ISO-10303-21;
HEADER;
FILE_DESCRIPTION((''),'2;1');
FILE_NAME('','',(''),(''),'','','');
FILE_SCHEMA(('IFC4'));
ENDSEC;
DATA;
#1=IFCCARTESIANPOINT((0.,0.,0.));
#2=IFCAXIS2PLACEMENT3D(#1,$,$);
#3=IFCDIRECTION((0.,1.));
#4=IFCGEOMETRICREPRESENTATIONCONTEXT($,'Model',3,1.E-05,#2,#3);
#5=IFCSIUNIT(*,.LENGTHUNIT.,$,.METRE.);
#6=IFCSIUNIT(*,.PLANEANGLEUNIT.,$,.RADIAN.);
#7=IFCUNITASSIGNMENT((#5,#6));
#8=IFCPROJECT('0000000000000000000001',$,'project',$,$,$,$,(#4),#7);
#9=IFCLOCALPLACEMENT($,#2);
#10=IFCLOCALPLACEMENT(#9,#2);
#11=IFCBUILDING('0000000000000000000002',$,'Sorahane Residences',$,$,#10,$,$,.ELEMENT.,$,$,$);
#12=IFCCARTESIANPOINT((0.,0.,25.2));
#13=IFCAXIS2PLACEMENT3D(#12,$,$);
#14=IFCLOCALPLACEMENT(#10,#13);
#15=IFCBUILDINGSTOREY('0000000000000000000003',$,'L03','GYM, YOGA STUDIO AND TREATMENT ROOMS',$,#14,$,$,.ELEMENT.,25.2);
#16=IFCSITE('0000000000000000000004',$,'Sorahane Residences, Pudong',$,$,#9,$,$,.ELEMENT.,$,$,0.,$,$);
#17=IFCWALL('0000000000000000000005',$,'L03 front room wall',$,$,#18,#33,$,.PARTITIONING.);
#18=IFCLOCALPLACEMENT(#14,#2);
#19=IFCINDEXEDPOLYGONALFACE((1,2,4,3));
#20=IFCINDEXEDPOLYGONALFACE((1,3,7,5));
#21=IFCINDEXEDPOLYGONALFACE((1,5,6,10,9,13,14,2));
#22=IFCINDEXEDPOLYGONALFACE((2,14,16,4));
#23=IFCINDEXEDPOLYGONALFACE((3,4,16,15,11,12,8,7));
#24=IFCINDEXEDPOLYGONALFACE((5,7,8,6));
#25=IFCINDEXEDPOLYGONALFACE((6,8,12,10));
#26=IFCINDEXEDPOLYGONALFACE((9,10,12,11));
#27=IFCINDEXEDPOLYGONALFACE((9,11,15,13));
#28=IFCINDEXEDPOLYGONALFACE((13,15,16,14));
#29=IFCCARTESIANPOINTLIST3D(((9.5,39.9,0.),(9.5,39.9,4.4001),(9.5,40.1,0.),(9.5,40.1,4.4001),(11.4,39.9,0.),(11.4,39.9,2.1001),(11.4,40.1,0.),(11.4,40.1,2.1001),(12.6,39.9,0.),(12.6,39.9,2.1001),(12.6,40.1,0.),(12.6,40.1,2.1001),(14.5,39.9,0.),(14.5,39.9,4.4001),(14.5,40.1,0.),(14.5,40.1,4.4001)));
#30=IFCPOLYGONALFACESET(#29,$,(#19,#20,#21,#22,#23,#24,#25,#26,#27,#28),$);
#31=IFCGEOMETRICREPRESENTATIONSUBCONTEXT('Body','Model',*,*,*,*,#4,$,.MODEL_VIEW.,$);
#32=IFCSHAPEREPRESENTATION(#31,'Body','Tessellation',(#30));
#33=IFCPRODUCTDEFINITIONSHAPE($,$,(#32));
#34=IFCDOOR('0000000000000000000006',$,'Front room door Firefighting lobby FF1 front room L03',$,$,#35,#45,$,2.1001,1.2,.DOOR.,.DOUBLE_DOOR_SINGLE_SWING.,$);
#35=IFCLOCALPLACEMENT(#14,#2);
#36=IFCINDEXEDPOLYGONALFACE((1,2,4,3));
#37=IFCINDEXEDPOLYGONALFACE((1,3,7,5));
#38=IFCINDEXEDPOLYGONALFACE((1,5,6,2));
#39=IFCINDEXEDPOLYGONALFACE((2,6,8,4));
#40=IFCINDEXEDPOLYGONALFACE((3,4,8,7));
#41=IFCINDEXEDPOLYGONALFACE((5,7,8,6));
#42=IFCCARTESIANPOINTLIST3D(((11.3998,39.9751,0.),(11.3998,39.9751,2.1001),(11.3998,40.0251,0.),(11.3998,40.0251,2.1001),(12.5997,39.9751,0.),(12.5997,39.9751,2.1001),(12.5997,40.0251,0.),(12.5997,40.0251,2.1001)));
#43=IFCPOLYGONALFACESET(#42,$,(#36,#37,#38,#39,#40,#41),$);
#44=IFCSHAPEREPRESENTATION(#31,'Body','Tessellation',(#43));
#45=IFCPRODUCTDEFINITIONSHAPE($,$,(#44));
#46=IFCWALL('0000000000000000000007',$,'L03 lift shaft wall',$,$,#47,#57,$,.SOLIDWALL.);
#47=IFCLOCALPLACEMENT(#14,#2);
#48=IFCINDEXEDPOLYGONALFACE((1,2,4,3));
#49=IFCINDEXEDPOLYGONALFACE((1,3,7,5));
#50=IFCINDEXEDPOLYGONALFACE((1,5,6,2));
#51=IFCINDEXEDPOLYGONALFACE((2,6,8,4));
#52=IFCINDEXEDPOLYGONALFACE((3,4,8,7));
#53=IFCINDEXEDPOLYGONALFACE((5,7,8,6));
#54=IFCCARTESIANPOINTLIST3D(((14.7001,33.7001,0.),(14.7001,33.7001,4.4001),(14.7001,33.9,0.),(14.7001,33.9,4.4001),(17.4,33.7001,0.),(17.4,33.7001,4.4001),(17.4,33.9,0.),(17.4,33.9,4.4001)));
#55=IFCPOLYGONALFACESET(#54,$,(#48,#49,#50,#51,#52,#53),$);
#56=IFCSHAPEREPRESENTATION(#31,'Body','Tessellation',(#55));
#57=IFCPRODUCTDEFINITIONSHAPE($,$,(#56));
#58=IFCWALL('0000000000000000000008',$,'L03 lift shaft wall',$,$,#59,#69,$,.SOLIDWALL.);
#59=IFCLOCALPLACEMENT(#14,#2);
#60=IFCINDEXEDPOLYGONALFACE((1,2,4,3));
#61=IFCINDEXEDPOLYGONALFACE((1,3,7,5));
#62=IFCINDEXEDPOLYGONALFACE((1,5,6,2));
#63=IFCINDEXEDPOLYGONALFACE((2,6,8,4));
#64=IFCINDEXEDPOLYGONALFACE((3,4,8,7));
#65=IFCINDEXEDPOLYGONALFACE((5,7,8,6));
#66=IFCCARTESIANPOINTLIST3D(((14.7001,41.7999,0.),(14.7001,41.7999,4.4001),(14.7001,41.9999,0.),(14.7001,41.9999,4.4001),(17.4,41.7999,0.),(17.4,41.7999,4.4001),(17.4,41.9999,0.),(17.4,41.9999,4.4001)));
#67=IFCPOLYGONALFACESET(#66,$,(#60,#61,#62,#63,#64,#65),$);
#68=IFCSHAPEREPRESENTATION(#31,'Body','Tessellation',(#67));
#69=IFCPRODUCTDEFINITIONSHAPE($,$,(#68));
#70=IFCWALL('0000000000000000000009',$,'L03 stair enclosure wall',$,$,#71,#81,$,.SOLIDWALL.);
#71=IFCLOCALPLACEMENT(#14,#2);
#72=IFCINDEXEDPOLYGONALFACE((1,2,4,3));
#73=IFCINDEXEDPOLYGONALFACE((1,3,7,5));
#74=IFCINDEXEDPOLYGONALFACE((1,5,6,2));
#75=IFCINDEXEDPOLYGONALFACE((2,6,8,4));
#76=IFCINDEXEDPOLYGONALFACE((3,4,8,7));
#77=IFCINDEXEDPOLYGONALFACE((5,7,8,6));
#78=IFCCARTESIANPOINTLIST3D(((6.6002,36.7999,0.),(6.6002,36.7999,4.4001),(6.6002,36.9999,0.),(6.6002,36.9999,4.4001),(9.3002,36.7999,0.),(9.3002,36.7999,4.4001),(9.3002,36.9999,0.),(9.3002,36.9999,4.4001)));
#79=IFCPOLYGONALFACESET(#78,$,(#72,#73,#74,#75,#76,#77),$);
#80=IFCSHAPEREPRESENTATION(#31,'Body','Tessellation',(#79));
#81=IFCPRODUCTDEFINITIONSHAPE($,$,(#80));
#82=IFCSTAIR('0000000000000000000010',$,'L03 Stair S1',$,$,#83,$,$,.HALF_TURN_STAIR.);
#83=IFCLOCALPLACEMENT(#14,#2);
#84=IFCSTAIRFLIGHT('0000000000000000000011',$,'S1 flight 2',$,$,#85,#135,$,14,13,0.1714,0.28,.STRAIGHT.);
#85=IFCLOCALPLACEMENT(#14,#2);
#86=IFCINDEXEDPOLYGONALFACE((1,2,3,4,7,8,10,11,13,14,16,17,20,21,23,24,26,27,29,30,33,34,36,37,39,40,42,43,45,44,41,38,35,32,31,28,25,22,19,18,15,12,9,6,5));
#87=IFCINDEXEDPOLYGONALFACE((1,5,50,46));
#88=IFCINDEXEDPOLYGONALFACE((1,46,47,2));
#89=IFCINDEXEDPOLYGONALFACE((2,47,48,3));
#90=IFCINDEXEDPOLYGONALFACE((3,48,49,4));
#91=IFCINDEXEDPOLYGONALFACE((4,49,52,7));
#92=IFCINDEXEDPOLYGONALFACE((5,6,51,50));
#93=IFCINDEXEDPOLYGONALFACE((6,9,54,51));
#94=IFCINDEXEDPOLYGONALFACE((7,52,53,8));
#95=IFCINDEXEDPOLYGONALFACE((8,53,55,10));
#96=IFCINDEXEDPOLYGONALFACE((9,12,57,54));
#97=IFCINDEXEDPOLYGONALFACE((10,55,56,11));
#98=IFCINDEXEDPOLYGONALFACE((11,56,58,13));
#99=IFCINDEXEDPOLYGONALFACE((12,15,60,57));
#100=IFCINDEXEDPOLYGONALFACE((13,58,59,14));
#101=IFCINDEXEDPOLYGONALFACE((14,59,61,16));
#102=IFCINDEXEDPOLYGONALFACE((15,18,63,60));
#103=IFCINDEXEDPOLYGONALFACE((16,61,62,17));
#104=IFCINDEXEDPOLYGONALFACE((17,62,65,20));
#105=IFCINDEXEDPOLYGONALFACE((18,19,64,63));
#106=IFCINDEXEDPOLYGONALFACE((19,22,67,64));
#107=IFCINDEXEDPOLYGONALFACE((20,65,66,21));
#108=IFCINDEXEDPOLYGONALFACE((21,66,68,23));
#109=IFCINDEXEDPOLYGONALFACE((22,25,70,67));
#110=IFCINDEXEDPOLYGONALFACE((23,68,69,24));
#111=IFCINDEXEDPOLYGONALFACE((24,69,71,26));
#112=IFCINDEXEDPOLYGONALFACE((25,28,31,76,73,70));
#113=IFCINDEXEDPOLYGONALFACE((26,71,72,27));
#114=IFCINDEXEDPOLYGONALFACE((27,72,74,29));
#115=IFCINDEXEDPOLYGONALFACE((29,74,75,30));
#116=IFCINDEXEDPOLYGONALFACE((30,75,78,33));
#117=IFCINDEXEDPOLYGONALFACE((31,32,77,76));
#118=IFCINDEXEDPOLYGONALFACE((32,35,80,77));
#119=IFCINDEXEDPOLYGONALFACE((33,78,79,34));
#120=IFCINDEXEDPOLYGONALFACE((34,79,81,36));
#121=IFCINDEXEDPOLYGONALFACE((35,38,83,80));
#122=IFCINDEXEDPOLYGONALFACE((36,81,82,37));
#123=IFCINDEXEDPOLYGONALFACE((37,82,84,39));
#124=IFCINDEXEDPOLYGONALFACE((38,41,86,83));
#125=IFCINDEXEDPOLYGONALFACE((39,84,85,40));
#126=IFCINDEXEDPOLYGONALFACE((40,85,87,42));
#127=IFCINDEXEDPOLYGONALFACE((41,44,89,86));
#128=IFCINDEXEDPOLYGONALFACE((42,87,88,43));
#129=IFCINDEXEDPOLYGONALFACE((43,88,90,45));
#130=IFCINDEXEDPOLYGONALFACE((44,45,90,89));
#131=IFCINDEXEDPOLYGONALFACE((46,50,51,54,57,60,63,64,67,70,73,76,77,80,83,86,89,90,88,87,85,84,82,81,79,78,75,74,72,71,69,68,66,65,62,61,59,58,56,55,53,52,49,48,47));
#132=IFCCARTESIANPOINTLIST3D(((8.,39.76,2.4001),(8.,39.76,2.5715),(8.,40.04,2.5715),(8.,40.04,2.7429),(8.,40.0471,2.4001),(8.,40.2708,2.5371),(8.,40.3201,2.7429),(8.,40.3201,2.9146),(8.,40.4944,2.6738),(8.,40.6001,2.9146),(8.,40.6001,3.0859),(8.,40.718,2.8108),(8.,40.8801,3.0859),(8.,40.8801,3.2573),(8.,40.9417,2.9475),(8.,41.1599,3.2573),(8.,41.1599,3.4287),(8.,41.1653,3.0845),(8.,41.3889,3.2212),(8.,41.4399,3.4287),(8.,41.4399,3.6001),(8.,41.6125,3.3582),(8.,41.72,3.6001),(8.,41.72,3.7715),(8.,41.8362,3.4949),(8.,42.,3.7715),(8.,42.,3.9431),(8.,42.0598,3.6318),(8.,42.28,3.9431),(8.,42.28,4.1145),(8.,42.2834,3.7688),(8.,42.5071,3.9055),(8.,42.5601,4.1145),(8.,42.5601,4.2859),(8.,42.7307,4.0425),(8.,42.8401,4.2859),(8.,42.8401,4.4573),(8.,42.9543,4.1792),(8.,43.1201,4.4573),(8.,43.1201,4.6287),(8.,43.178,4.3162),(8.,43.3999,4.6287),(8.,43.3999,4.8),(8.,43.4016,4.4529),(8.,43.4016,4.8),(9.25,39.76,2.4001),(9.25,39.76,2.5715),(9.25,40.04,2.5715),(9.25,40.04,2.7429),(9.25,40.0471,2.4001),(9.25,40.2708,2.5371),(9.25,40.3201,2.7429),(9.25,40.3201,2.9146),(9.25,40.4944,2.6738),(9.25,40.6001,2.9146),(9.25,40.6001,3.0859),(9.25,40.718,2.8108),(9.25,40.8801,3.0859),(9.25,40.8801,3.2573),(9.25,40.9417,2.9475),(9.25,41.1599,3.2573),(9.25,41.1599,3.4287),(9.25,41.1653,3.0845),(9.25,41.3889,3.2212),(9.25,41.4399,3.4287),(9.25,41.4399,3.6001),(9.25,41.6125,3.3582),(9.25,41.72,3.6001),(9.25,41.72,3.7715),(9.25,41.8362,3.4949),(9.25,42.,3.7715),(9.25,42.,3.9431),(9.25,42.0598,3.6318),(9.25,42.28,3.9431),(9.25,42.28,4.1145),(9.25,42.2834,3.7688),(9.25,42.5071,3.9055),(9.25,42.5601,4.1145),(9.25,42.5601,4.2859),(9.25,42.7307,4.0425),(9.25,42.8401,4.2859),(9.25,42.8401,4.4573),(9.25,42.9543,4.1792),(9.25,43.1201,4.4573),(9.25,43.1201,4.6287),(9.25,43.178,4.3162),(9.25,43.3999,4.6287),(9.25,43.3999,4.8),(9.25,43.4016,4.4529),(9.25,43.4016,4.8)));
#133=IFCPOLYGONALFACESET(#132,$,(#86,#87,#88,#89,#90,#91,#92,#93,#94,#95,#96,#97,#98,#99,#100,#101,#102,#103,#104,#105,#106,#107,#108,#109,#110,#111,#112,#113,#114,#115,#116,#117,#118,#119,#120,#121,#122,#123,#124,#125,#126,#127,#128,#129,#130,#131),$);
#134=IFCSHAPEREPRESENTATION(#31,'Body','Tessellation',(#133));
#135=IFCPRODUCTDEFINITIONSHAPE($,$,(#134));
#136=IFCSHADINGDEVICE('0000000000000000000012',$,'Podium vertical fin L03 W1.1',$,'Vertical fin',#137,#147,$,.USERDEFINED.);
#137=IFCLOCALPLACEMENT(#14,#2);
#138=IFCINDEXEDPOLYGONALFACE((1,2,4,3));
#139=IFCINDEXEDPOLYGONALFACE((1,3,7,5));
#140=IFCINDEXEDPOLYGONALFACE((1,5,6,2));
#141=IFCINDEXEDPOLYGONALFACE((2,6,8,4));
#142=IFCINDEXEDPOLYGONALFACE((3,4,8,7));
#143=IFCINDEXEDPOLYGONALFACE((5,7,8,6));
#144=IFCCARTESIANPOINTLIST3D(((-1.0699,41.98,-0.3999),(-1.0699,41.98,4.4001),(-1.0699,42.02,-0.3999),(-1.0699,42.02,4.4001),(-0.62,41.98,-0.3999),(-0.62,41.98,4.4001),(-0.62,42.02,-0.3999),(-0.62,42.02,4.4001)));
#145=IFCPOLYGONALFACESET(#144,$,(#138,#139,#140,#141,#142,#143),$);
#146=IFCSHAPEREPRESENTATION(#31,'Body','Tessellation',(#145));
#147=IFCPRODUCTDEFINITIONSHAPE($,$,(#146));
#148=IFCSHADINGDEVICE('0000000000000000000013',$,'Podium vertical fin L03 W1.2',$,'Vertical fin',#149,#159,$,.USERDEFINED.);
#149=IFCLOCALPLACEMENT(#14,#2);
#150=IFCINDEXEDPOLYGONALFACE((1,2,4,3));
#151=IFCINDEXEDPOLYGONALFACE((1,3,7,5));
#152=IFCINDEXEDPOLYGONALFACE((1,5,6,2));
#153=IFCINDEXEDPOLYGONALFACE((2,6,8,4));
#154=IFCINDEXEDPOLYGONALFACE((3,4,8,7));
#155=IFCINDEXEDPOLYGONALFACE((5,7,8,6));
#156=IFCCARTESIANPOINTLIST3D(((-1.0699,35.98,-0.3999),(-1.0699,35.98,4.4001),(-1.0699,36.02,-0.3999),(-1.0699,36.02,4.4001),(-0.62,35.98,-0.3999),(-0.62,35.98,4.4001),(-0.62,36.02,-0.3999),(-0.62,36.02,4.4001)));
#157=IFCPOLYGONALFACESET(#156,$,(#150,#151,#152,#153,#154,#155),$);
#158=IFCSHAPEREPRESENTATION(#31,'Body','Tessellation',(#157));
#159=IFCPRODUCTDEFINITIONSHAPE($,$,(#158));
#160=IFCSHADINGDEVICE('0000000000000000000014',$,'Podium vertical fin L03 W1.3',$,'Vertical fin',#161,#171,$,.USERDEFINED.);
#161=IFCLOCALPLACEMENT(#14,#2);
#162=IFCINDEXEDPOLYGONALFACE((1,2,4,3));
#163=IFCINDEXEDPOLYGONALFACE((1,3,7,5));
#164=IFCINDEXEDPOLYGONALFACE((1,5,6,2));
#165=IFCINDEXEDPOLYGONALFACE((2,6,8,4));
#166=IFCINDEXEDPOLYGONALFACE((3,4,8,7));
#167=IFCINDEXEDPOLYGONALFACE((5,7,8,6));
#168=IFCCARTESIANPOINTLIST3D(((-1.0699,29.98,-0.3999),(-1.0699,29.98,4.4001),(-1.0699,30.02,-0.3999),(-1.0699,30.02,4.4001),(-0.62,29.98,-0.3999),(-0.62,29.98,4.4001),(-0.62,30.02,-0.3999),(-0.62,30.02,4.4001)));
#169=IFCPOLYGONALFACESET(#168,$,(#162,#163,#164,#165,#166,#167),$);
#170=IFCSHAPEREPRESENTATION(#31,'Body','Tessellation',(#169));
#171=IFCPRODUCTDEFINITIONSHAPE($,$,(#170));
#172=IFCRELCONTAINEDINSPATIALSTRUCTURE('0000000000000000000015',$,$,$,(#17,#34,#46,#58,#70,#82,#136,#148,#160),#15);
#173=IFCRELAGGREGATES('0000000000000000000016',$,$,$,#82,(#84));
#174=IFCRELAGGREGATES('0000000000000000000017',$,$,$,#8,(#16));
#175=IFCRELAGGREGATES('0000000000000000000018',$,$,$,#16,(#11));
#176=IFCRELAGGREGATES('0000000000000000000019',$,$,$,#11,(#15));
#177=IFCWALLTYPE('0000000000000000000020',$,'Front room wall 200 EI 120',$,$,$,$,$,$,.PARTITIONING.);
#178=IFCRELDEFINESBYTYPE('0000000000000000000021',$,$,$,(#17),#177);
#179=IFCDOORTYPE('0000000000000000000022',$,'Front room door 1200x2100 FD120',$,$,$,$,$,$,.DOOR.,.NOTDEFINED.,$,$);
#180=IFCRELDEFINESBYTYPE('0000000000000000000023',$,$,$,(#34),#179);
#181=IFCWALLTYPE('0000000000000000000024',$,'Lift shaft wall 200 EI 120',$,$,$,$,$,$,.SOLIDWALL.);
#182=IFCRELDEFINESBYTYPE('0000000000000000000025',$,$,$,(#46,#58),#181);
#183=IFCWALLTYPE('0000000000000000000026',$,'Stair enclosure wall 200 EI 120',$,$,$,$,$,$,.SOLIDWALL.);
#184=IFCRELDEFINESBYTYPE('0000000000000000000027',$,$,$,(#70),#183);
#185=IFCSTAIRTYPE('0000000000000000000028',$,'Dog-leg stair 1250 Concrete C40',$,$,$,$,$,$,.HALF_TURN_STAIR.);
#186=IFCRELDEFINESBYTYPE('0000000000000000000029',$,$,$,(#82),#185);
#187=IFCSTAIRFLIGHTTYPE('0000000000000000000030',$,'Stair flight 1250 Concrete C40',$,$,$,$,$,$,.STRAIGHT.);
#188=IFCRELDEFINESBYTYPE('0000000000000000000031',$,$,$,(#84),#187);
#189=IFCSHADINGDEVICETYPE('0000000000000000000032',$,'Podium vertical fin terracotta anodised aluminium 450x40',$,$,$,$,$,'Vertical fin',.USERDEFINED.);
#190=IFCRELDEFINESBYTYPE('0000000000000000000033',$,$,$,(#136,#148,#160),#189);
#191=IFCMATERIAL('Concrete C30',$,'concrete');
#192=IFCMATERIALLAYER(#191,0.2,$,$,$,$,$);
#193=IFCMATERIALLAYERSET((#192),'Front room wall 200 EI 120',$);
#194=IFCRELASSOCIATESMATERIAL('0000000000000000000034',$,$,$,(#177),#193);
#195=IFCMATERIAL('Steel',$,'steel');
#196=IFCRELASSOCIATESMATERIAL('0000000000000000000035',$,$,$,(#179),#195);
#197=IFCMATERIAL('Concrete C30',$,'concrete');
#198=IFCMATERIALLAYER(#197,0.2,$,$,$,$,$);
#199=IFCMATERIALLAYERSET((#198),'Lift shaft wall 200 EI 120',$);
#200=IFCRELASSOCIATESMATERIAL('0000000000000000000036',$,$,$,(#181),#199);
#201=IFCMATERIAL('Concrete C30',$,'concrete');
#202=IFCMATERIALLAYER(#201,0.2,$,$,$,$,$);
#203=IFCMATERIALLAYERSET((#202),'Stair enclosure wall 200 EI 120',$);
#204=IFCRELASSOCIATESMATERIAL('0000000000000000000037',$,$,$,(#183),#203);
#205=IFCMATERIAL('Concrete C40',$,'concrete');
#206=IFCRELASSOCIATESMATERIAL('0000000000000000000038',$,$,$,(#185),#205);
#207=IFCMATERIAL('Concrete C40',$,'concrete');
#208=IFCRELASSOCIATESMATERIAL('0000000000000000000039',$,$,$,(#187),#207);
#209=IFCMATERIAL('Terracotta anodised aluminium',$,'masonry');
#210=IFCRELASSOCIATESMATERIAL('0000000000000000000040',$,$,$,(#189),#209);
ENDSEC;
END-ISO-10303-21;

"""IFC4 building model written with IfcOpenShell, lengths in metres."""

from ifc_helpers import new_model, si_unit, direction, frame, frame_2d, origin, origin_2d, place, context, subcontext, project, spatial, polyline, rectangle, outline, extrude, material, layer, layer_set, material_profile, profile_set, type_object, element, fill, aggregate, save


model = new_model("IFC4")

# Units and contexts
model_context = context("Model", 3, precision=1e-05, world=origin(), true_north=direction((0.0, 1.0)))
body_context = subcontext(model_context, "Body", "Model", "MODEL_VIEW")
ifc_project = project(units=[si_unit("LENGTHUNIT", "METRE"), si_unit("PLANEANGLEUNIT", "RADIAN")], contexts=[model_context])

# Site, building, storey
site_placement = place(None, origin())
site = spatial("IfcSite", under=ifc_project, at=site_placement, Name="Sorahane Residences, Pudong", CompositionType="ELEMENT", RefElevation=0.0)
building_placement = place(site_placement, origin())
building = spatial("IfcBuilding", under=site, at=building_placement, Name="Sorahane Residences", CompositionType="ELEMENT")
storey_placement = place(building_placement, frame((0.0, 0.0, 25.2)))
storey = spatial("IfcBuildingStorey", under=building, at=storey_placement, Name="L03", Description="GYM, YOGA STUDIO AND TREATMENT ROOMS", CompositionType="ELEMENT", Elevation=25.2)

# Wall, opening, door
ifc_material_1 = material(Name="Concrete C30", Category="concrete")
ifc_layer_1 = layer(ifc_material_1, 0.2)
ifc_layer_set_1 = layer_set([ifc_layer_1], Name="Front room wall 200 EI 120")
wall_type_1 = type_object("IfcWallType", Name="Front room wall 200 EI 120", PredefinedType="PARTITIONING", material=ifc_layer_set_1)
wall_1_placement = place(storey_placement, frame((9.5, 40.0, 0.0), z_axis=(0.0, 0.0, 1.0), x_axis=(1.0, 0.0, 0.0)))
wall_1 = element("IfcWall", 1, at=wall_1_placement, inside=storey, type_object=wall_type_1, Name="L03 front room wall", PredefinedType="PARTITIONING", context=body_context, shape_type="SweptSolid", body=[
    extrude(rectangle(XDim=5.0, YDim=0.2, at=frame_2d((2.5, 0.0))), origin(), (0.0, 0.0, 1.0), 4.4001),
])
opening_placement = place(wall_1_placement, frame((1.8999, 0.0, 0.0)))
opening = element("IfcOpeningElement", 2, at=opening_placement, cuts=wall_1, PredefinedType="OPENING", context=body_context, shape_type="SweptSolid", body=[
    extrude(rectangle(XDim=1.2, YDim=2.1001, at=frame_2d((0.6001, 1.05))), frame((0.0, 0.1099, 0.0), z_axis=(0.0, -1.0, 0.0), x_axis=(1.0, 0.0, 0.0)), (0.0, 0.0, 1.0), 0.22),
])
ifc_material_2 = material(Name="Steel", Category="steel")
door_type = type_object("IfcDoorType", Name="Front room door 1200x2100 FD120", OperationType="NOTDEFINED", PredefinedType="DOOR", material=ifc_material_2)
door_placement = place(opening_placement, frame((1.2, 0.0, 0.0), z_axis=(0.0, 0.0, 1.0), x_axis=(-1.0, 0.0, 0.0)))
door = element("IfcDoor", 3, at=door_placement, inside=storey, type_object=door_type, Name="Front room door Firefighting lobby FF1 front room L03", OperationType="DOUBLE_DOOR_SINGLE_SWING", OverallHeight=2.1001, OverallWidth=1.2, PredefinedType="DOOR", context=body_context, shape_type="SweptSolid", body=[
    extrude(rectangle(XDim=1.2, YDim=2.1001, at=frame_2d((0.6001, 1.05))), frame((0.0, 0.0249, 0.0), z_axis=(0.0, -1.0, 0.0), x_axis=(1.0, 0.0, 0.0)), (0.0, 0.0, 1.0), 0.05),
])
fill(opening, door)

# Walls
ifc_material_3 = material(Name="Concrete C30", Category="concrete")
ifc_layer_2 = layer(ifc_material_3, 0.2)
ifc_layer_set_2 = layer_set([ifc_layer_2], Name="Lift shaft wall 200 EI 120")
wall_type_2 = type_object("IfcWallType", Name="Lift shaft wall 200 EI 120", PredefinedType="SOLIDWALL", material=ifc_layer_set_2)
for number, where, z_axis, x_axis, name in (
    (4, (14.7, 33.8, 0.0), (0.0, 0.0, 1.0), (1.0, 0.0, 0.0), "L03 lift shaft wall"),
    (5, (14.7, 41.8999, 0.0), (0.0, 0.0, 1.0), (1.0, 0.0, 0.0), "L03 lift shaft wall"),
):
    element("IfcWall", number, at=place(storey_placement, frame(where, z_axis=z_axis, x_axis=x_axis)), inside=storey, type_object=wall_type_2, Name=name, PredefinedType="SOLIDWALL", context=body_context, shape_type="SweptSolid", body=[
        extrude(rectangle(XDim=2.7, YDim=0.2, at=frame_2d((1.3501, 0.0))), origin(), (0.0, 0.0, 1.0), 4.4001),
    ])
ifc_material_4 = material(Name="Concrete C30", Category="concrete")
ifc_layer_3 = layer(ifc_material_4, 0.2)
ifc_layer_set_3 = layer_set([ifc_layer_3], Name="Stair enclosure wall 200 EI 120")
wall_type_3 = type_object("IfcWallType", Name="Stair enclosure wall 200 EI 120", PredefinedType="SOLIDWALL", material=ifc_layer_set_3)
wall_2_placement = place(storey_placement, frame((6.6001, 36.8999, 0.0), z_axis=(0.0, 0.0, 1.0), x_axis=(1.0, 0.0, 0.0)))
element("IfcWall", 6, at=wall_2_placement, inside=storey, type_object=wall_type_3, Name="L03 stair enclosure wall", PredefinedType="SOLIDWALL", context=body_context, shape_type="SweptSolid", body=[
    extrude(rectangle(XDim=2.7, YDim=0.2, at=frame_2d((1.3501, 0.0))), origin(), (0.0, 0.0, 1.0), 4.4001),
])

# Stair, stair flight
ifc_material_5 = material(Name="Concrete C40", Category="concrete")
stair_type = type_object("IfcStairType", Name="Dog-leg stair 1250 Concrete C40", PredefinedType="HALF_TURN_STAIR", material=ifc_material_5)
stair_placement = place(storey_placement, origin())
stair = element("IfcStair", 7, at=stair_placement, inside=storey, type_object=stair_type, Name="L03 Stair S1", PredefinedType="HALF_TURN_STAIR")
ifc_material_6 = material(Name="Concrete C40", Category="concrete")
stair_flight_type = type_object("IfcStairFlightType", Name="Stair flight 1250 Concrete C40", PredefinedType="STRAIGHT", material=ifc_material_6)
stair_flight_placement = place(storey_placement, frame((8.625, 39.76, 2.4001), z_axis=(0.0, 0.0, 1.0), x_axis=(0.0, 1.0, 0.0)))
stair_flight = element("IfcStairFlight", 8, at=stair_flight_placement, type_object=stair_flight_type, Name="S1 flight 2", NumberOfRisers=14, NumberOfTreads=13, PredefinedType="STRAIGHT", RiserHeight=0.1714, TreadLength=0.28, context=body_context, shape_type="SweptSolid", body=[
    extrude(outline(polyline([(0.0, 0.0), (0.0, 0.1714), (0.28, 0.1714), (0.28, 0.3428), (0.5601, 0.3428), (0.5601, 0.5144), (0.8401, 0.5144), (0.8401, 0.6858), (1.1201, 0.6858), (1.1201, 0.8572), (1.3999, 0.8572), (1.3999, 1.0286), (1.6799, 1.0286), (1.6799, 1.2), (1.96, 1.2), (1.96, 1.3713), (2.24, 1.3713), (2.24, 1.543), (2.52, 1.543), (2.52, 1.7144), (2.8, 1.7144), (2.8, 1.8857), (3.0801, 1.8857), (3.0801, 2.0571), (3.3601, 2.0571), (3.3601, 2.2285), (3.6399, 2.2285), (3.6399, 2.3999), (3.6416, 2.3999), (3.6416, 2.0527), (3.418, 1.916), (3.1943, 1.7791), (2.9707, 1.6423), (2.7471, 1.5054), (2.5234, 1.3687), (2.2998, 1.2317), (2.0762, 1.0947), (1.8525, 0.958), (1.6289, 0.821), (1.4053, 0.6843), (1.1816, 0.5474), (0.958, 0.4106), (0.7344, 0.2737), (0.5107, 0.137), (0.2871, 0.0), (0.0, 0.0)])), frame((0.0, 0.625, 0.0), z_axis=(0.0, -1.0, 0.0), x_axis=(1.0, 0.0, 0.0)), (0.0, 0.0, 1.0), 1.25),
])
aggregate(stair, [stair_flight])

# Shading devices
ifc_material_7 = material(Name="Terracotta anodised aluminium", Category="masonry")
ifc_material_profile_1 = material_profile(ifc_material_7, rectangle(XDim=0.45, YDim=0.04, at=origin_2d()), Name="Podium vertical fin terracotta anodised aluminium 450x40")
ifc_profile_set_1 = profile_set([ifc_material_profile_1], Name="Terracotta anodised aluminium")
shading_device_type = type_object("IfcShadingDeviceType", Name="Podium vertical fin terracotta anodised aluminium 450x40", ElementType="Vertical fin", PredefinedType="USERDEFINED", material=ifc_profile_set_1)
for number, where, z_axis, x_axis, name in (
    (9, (-0.845, 42.0, -0.3999), (0.0, 0.0, 1.0), (-1.0, 0.0, 0.0), "Podium vertical fin L03 W1.1"),
    (10, (-0.845, 36.0, -0.3999), (0.0, 0.0, 1.0), (-1.0, 0.0, 0.0), "Podium vertical fin L03 W1.2"),
    (11, (-0.845, 30.0, -0.3999), (0.0, 0.0, 1.0), (-1.0, 0.0, 0.0), "Podium vertical fin L03 W1.3"),
):
    element("IfcShadingDevice", number, at=place(storey_placement, frame(where, z_axis=z_axis, x_axis=x_axis)), inside=storey, type_object=shading_device_type, Name=name, ObjectType="Vertical fin", PredefinedType="USERDEFINED", context=body_context, shape_type="SweptSolid", body=[
        extrude(rectangle(XDim=0.45, YDim=0.04, at=origin_2d()), origin(), (0.0, 0.0, 1.0), 4.8),
    ])

save(model, "model.ifc")
